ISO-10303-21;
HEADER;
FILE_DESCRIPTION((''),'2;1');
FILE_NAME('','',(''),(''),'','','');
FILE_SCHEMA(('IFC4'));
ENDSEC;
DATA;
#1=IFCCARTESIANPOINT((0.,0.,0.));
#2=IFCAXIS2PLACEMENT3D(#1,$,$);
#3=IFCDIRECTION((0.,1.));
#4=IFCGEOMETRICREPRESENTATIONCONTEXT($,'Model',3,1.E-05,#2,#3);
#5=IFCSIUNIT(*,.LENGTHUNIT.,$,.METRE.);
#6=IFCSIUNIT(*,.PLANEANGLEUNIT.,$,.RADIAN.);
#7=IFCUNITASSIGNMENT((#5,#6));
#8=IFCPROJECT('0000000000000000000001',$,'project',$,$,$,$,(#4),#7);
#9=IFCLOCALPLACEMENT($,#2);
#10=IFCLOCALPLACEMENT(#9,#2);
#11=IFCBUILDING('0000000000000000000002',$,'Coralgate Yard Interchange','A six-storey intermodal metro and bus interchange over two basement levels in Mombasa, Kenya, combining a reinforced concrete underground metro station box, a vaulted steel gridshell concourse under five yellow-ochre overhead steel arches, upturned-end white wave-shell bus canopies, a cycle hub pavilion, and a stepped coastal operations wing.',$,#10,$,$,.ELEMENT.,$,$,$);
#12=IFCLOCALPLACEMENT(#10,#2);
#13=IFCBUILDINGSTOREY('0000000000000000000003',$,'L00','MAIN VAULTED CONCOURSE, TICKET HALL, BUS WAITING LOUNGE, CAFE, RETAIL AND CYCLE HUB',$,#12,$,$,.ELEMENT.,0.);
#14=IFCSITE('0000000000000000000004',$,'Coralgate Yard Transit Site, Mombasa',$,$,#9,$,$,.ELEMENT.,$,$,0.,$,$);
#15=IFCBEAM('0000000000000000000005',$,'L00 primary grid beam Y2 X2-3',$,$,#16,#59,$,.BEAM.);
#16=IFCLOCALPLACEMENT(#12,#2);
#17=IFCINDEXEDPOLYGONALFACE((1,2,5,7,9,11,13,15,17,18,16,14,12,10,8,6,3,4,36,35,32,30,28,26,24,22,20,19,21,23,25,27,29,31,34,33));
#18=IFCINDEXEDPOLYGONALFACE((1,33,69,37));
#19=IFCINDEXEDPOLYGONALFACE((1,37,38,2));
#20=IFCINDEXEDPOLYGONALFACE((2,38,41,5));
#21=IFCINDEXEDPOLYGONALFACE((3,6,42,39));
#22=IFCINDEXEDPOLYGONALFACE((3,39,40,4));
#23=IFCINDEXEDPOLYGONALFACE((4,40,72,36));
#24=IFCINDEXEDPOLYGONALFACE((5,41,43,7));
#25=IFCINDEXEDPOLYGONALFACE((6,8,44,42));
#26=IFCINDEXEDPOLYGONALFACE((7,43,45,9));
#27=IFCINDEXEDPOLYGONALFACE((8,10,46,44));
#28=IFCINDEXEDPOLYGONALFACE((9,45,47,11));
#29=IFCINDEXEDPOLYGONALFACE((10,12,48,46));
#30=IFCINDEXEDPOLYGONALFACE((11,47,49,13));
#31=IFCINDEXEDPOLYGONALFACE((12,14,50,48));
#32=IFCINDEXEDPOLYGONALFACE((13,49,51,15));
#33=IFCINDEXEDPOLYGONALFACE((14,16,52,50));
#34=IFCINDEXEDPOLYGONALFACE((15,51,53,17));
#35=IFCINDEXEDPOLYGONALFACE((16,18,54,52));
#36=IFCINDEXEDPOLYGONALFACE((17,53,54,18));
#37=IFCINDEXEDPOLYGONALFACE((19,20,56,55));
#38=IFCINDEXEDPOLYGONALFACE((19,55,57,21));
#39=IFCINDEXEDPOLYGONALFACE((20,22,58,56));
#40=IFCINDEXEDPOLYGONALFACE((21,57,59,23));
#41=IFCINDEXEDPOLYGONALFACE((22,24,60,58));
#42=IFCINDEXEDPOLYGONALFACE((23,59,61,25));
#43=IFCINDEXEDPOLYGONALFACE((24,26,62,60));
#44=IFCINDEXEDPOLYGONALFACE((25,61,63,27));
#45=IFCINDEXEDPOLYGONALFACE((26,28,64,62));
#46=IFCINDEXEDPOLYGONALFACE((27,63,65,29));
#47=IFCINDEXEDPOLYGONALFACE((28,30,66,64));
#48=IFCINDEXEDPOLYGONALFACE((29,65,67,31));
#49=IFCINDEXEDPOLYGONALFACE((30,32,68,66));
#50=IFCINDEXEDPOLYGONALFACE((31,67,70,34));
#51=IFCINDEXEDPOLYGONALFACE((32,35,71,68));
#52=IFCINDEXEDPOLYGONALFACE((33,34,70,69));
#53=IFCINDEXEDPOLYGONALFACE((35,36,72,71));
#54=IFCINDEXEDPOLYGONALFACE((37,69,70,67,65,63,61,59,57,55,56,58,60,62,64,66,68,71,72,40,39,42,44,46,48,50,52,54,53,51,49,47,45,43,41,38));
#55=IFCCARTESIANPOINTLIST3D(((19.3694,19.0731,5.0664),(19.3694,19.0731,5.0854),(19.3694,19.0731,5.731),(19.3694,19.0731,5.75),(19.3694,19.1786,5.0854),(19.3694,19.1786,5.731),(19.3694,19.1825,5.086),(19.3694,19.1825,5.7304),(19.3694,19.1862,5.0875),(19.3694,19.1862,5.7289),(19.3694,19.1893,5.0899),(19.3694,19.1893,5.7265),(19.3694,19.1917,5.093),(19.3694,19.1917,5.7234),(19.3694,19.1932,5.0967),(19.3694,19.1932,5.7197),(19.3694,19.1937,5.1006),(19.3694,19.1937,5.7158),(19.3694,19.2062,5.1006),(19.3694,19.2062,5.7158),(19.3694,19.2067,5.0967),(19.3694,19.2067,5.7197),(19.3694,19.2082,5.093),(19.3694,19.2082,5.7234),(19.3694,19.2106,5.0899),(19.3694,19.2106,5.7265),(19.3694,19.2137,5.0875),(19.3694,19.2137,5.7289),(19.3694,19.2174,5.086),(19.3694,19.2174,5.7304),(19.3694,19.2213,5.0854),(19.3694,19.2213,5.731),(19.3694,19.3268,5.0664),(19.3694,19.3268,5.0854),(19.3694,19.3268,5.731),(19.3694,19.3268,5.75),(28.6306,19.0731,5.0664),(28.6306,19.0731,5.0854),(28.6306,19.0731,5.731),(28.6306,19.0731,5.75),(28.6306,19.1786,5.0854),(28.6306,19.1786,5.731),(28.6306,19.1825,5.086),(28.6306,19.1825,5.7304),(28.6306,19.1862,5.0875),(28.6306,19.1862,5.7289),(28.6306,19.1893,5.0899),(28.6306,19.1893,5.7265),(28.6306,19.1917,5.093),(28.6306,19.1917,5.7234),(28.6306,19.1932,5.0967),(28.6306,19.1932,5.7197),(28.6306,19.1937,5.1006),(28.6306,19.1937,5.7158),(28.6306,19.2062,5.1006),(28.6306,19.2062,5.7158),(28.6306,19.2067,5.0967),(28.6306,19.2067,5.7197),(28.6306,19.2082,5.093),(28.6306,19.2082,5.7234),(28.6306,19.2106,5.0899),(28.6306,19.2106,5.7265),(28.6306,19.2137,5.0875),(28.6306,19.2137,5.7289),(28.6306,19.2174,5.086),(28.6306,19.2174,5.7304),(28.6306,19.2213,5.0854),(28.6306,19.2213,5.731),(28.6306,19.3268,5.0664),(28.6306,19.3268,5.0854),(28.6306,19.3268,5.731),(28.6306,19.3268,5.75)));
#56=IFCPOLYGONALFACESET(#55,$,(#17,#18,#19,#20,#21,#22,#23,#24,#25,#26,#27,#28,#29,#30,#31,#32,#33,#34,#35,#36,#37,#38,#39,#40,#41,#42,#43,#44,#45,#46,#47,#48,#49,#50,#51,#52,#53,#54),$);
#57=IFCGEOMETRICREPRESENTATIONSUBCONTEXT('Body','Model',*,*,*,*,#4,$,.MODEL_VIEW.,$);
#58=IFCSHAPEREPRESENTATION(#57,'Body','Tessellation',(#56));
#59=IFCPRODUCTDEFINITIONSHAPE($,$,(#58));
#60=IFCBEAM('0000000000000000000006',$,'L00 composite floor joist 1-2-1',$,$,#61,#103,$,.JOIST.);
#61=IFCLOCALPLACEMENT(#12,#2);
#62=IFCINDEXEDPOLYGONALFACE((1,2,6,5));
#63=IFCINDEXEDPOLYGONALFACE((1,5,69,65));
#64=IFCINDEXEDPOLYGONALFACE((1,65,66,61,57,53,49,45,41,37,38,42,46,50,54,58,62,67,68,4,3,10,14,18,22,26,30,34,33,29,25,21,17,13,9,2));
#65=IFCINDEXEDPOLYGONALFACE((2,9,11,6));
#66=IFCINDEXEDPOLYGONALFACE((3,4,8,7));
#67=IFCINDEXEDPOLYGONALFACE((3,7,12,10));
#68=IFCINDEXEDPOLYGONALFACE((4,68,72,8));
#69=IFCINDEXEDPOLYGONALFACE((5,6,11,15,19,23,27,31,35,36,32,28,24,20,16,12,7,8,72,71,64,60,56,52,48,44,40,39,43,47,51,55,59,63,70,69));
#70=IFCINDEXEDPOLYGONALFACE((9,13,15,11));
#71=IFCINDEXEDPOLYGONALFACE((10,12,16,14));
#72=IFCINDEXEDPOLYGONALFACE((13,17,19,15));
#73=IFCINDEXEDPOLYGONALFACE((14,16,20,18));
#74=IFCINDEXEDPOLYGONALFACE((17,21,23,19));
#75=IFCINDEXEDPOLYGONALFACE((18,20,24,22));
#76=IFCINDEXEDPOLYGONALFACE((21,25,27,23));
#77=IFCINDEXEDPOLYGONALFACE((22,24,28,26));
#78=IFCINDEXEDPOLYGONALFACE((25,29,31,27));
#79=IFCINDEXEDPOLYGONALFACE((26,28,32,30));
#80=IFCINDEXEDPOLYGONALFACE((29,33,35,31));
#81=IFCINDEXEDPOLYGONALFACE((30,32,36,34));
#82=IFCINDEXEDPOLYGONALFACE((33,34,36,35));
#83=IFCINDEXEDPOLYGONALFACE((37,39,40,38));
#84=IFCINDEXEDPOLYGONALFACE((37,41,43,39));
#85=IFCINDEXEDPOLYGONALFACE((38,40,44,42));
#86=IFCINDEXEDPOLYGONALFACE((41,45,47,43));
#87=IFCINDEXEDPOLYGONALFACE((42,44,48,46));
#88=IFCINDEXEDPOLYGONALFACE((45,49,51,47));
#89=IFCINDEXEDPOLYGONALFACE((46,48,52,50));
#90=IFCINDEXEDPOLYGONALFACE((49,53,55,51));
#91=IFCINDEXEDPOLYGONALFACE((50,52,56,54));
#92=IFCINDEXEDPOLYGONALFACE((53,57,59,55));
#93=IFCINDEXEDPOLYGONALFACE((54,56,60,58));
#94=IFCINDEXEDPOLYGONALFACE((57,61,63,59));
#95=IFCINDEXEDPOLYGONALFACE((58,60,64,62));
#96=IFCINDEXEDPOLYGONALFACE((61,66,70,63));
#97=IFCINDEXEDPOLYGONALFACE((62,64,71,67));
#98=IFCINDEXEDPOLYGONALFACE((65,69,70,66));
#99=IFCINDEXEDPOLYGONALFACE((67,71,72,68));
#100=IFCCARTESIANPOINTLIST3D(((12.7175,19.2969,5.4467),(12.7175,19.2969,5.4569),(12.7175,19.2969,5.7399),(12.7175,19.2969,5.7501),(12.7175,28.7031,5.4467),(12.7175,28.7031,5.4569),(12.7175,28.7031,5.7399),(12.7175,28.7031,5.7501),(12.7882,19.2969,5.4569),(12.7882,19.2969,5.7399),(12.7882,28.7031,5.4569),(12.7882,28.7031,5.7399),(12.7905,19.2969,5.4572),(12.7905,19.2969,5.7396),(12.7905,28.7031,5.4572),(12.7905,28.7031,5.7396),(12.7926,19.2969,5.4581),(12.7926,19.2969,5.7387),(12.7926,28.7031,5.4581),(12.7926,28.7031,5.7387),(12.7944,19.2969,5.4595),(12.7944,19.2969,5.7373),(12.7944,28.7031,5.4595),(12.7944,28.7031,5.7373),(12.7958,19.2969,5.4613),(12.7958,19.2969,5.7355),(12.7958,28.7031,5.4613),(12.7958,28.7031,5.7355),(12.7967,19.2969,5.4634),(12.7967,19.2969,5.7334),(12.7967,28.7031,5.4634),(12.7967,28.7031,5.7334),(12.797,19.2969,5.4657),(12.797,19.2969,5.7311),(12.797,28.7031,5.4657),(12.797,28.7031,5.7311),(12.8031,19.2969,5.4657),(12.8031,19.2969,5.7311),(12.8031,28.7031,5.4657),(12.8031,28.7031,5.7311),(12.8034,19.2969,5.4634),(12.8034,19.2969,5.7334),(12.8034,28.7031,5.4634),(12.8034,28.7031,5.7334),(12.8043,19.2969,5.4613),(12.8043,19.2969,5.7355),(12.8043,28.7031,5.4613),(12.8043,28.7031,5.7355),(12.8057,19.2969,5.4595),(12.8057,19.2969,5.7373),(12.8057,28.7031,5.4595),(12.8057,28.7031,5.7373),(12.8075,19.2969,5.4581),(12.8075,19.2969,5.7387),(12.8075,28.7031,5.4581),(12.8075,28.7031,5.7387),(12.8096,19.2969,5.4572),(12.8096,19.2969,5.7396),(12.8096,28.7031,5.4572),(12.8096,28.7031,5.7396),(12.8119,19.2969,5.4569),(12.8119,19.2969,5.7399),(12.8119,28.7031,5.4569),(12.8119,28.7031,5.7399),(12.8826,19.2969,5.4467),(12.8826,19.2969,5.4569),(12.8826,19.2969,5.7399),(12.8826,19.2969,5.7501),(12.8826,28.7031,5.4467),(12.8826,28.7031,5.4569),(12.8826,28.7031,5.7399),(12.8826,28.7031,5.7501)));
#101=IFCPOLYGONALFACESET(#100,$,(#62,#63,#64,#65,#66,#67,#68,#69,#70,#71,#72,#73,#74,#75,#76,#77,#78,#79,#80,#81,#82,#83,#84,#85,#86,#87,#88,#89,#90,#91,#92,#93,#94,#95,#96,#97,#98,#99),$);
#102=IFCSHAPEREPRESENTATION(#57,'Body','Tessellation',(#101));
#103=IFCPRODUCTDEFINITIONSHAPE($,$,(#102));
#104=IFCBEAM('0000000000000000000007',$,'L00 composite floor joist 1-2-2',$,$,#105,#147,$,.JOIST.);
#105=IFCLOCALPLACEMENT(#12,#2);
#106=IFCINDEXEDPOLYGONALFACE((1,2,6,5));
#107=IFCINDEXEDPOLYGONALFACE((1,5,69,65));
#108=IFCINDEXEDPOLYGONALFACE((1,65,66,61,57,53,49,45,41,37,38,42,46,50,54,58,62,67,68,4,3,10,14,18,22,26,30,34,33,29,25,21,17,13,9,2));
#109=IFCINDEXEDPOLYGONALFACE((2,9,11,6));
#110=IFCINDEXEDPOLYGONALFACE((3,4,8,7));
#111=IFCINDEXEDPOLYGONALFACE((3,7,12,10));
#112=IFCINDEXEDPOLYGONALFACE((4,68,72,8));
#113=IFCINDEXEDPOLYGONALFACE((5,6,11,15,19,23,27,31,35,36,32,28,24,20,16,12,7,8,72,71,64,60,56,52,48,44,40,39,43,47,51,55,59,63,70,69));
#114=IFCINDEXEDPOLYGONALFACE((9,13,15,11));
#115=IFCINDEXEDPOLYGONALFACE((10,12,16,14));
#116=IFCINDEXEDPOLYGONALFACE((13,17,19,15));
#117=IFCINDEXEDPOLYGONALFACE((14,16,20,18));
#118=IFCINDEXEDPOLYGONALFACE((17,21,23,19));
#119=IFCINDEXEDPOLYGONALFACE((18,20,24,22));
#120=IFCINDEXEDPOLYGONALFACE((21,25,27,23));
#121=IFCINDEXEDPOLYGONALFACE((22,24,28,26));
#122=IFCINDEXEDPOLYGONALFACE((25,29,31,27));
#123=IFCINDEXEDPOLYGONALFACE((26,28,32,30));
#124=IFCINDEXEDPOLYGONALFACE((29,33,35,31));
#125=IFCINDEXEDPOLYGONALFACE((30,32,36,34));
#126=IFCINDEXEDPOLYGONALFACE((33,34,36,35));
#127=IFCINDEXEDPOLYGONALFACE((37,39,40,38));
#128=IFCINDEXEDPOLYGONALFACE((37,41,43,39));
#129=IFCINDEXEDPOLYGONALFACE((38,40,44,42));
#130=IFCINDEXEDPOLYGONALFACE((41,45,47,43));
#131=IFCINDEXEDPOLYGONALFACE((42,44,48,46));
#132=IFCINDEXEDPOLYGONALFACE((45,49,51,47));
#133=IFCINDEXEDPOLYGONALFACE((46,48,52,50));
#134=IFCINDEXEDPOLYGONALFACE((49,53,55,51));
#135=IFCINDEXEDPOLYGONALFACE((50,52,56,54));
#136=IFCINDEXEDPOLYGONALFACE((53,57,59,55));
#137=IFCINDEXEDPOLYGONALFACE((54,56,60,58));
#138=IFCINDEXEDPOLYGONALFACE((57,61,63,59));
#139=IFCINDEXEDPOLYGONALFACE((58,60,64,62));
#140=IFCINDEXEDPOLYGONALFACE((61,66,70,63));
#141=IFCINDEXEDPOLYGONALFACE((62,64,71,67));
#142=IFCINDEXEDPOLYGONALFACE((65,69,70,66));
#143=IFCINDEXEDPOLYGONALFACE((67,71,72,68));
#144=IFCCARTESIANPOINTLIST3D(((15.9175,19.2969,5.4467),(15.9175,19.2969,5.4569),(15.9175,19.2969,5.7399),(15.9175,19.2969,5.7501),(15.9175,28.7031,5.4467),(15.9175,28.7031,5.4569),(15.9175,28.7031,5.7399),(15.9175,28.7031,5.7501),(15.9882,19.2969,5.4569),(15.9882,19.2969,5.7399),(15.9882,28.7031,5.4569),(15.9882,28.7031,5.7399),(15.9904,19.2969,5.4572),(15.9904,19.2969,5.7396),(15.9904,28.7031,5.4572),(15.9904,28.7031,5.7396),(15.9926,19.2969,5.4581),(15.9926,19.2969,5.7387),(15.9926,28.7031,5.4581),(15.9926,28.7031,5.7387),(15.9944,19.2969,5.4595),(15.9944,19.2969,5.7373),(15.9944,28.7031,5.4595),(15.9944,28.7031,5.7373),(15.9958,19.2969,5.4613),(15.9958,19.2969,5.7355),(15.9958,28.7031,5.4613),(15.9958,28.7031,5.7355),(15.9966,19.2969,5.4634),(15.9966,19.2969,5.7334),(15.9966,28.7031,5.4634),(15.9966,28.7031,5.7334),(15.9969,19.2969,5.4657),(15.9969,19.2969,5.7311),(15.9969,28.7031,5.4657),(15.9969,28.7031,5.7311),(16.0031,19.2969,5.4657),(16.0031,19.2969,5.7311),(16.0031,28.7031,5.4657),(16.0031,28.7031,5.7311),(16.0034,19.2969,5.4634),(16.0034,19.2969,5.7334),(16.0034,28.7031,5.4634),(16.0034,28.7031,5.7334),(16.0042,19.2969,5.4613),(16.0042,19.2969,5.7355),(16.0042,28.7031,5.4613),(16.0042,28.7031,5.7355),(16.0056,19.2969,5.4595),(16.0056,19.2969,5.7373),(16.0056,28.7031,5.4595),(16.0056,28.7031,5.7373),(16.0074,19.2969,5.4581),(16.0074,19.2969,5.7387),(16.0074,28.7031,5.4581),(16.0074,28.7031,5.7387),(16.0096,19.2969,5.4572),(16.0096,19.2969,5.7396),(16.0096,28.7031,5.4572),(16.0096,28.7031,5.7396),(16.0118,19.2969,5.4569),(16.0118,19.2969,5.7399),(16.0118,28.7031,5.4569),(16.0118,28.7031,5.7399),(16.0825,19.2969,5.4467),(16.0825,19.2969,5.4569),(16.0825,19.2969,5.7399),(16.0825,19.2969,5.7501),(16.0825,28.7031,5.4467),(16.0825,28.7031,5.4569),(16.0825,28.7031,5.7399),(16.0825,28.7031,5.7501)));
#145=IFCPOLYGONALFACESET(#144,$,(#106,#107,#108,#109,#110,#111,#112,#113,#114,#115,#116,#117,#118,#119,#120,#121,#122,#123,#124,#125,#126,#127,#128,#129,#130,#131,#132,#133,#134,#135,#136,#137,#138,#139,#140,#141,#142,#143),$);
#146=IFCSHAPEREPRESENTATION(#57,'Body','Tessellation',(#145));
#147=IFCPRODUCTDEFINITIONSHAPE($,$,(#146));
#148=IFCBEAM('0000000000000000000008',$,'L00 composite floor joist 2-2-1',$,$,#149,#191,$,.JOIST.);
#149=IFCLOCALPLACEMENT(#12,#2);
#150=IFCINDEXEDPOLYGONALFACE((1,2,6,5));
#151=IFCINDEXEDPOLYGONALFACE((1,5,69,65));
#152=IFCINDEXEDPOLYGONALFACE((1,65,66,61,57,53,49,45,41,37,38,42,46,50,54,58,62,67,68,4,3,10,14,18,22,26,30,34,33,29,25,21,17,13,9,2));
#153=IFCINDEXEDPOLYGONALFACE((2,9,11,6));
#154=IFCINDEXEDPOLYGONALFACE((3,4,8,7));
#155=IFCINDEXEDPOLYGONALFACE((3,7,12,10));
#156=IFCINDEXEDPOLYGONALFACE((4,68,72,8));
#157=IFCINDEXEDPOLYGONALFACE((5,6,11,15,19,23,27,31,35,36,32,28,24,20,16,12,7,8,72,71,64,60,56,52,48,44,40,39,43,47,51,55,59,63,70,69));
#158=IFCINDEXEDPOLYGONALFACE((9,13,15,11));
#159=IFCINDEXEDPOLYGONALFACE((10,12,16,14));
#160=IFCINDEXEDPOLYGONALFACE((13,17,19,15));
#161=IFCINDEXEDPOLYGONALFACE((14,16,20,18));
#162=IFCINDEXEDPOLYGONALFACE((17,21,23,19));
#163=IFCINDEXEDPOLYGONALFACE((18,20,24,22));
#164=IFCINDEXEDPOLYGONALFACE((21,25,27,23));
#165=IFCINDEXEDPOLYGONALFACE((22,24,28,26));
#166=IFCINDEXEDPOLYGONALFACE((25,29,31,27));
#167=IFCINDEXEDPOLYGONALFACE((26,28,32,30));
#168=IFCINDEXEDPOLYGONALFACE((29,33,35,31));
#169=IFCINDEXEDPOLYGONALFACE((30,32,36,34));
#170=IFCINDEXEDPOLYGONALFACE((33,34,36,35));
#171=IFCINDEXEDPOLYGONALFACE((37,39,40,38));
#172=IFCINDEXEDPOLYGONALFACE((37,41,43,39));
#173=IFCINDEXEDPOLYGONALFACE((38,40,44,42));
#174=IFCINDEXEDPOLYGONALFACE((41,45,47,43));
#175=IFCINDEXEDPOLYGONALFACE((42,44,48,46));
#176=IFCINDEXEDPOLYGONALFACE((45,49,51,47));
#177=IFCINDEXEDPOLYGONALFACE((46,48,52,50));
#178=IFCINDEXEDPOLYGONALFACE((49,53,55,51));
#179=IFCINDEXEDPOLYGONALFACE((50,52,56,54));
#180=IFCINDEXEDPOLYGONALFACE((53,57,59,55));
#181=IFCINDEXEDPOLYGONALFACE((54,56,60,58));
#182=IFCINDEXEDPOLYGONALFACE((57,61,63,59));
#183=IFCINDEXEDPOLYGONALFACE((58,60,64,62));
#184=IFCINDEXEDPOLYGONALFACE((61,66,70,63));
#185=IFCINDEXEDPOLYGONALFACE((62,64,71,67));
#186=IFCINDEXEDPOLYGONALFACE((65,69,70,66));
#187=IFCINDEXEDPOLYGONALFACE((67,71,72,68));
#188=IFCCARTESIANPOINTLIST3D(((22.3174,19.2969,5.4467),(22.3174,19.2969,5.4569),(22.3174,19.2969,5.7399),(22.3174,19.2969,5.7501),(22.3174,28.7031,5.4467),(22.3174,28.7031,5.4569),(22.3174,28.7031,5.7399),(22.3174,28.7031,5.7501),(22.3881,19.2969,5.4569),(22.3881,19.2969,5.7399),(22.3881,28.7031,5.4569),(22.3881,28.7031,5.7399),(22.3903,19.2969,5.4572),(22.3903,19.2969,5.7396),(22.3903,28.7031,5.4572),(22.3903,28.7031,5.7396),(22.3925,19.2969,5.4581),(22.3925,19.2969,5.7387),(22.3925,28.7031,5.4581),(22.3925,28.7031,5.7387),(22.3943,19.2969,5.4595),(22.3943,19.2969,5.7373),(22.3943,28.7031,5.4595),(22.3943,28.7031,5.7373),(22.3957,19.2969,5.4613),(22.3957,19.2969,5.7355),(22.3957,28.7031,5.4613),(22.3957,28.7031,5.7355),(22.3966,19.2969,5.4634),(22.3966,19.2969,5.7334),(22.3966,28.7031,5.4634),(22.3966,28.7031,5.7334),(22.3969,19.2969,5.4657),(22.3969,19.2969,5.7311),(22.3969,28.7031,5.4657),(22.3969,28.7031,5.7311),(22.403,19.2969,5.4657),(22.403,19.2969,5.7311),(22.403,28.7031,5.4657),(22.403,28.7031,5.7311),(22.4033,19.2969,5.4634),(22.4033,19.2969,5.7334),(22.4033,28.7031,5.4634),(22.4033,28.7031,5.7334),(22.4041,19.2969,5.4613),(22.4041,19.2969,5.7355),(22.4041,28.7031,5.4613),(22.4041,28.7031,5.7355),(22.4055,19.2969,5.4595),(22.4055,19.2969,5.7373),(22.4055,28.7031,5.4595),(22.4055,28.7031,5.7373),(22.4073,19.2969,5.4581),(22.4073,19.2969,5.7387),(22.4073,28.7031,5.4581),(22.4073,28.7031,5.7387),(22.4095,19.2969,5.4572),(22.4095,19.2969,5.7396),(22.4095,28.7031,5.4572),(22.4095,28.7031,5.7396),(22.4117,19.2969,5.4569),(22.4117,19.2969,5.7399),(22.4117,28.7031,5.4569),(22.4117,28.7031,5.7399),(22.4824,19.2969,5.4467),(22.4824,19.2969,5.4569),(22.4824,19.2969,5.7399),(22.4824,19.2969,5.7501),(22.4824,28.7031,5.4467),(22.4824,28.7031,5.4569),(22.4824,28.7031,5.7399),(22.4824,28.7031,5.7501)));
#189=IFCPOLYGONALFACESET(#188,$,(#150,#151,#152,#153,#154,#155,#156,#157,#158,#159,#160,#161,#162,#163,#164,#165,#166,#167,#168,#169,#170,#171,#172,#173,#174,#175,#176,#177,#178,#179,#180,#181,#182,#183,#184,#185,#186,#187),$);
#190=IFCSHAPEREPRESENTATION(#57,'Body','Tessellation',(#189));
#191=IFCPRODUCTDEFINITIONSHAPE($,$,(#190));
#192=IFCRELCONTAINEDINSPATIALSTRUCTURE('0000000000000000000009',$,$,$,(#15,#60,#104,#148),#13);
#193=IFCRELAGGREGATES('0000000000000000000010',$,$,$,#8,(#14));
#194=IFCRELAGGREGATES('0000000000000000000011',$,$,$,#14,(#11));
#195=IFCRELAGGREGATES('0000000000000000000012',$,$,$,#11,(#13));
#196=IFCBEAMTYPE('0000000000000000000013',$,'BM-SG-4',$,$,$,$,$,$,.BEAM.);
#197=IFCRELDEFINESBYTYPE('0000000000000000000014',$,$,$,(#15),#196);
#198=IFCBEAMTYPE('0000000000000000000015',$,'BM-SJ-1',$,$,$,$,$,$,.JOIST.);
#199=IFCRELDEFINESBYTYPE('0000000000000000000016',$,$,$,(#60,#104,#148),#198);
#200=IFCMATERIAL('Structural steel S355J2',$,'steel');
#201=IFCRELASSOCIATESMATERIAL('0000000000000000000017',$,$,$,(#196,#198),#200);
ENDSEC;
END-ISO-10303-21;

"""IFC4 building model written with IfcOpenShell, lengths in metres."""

from ifc_helpers import new_model, si_unit, direction, frame, origin, origin_2d, place, context, subcontext, project, spatial, i_section, extrude, material, material_profile, profile_set, type_object, element, save


model = new_model("IFC4")

# Units and contexts
model_context = context("Model", 3, precision=1e-05, world=origin(), true_north=direction((0.0, 1.0)))
body_context = subcontext(model_context, "Body", "Model", "MODEL_VIEW")
ifc_project = project(units=[si_unit("LENGTHUNIT", "METRE"), si_unit("PLANEANGLEUNIT", "RADIAN")], contexts=[model_context])

# Site, building, storey
site_placement = place(None, origin())
site = spatial("IfcSite", under=ifc_project, at=site_placement, Name="Coralgate Yard Transit Site, Mombasa", CompositionType="ELEMENT", RefElevation=0.0)
building_placement = place(site_placement, origin())
building = spatial("IfcBuilding", under=site, at=building_placement, Name="Coralgate Yard Interchange", Description="A six-storey intermodal metro and bus interchange over two basement levels in Mombasa, Kenya, combining a reinforced concrete underground metro station box, a vaulted steel gridshell concourse under five yellow-ochre overhead steel arches, upturned-end white wave-shell bus canopies, a cycle hub pavilion, and a stepped coastal operations wing.", CompositionType="ELEMENT")
storey_placement = place(building_placement, origin())
storey = spatial("IfcBuildingStorey", under=building, at=storey_placement, Name="L00", Description="MAIN VAULTED CONCOURSE, TICKET HALL, BUS WAITING LOUNGE, CAFE, RETAIL AND CYCLE HUB", CompositionType="ELEMENT", Elevation=0.0)

# Shared definitions
ifc_material_1 = material(Name="Structural steel S355J2", Category="steel")

# Beams
ifc_material_profile_1 = material_profile(ifc_material_1, i_section(OverallWidth=0.2537, OverallDepth=0.6836, WebThickness=0.0125, FlangeThickness=0.019, FilletRadius=0.0151, at=origin_2d()), Name="UB 686x254x140")
ifc_profile_set_1 = profile_set([ifc_material_profile_1], Name="Structural steel S355J2")
beam_type_1 = type_object("IfcBeamType", Name="BM-SG-4", PredefinedType="BEAM", material=ifc_profile_set_1)
beam_1_placement = place(storey_placement, frame((19.3694, 19.2, 5.4082), z_axis=(1.0, 0.0, 0.0), x_axis=(0.0, 1.0, 0.0)))
element("IfcBeam", 1, at=beam_1_placement, inside=storey, type_object=beam_type_1, Name="L00 primary grid beam Y2 X2-3", PredefinedType="BEAM", context=body_context, shape_type="SweptSolid", body=[
    extrude(i_section(OverallWidth=0.2537, OverallDepth=0.6836, WebThickness=0.0125, FlangeThickness=0.019, FilletRadius=0.0151, at=origin_2d()), origin(), (0.0, 0.0, 1.0), 9.2612),
])
ifc_material_profile_2 = material_profile(ifc_material_1, i_section(OverallWidth=0.165, OverallDepth=0.3035, WebThickness=0.0061, FlangeThickness=0.0103, FilletRadius=0.0088, at=origin_2d()), Name="UB 305x165x40")
ifc_profile_set_2 = profile_set([ifc_material_profile_2], Name="Structural steel S355J2")
beam_type_2 = type_object("IfcBeamType", Name="BM-SJ-1", PredefinedType="JOIST", material=ifc_profile_set_2)
for number, where, z_axis, x_axis, name in (
    (2, (12.8, 19.2969, 5.5984), (0.0, 1.0, 0.0), (-1.0, 0.0, 0.0), "L00 composite floor joist 1-2-1"),
    (3, (16.0, 19.2969, 5.5984), (0.0, 1.0, 0.0), (-1.0, 0.0, 0.0), "L00 composite floor joist 1-2-2"),
    (4, (22.3999, 19.2969, 5.5984), (0.0, 1.0, 0.0), (-1.0, 0.0, 0.0), "L00 composite floor joist 2-2-1"),
):
    element("IfcBeam", number, at=place(storey_placement, frame(where, z_axis=z_axis, x_axis=x_axis)), inside=storey, type_object=beam_type_2, Name=name, PredefinedType="JOIST", context=body_context, shape_type="SweptSolid", body=[
        extrude(i_section(OverallWidth=0.165, OverallDepth=0.3035, WebThickness=0.0061, FlangeThickness=0.0103, FilletRadius=0.0088, at=origin_2d()), origin(), (0.0, 0.0, 1.0), 9.4062),
    ])

save(model, "model.ifc")
